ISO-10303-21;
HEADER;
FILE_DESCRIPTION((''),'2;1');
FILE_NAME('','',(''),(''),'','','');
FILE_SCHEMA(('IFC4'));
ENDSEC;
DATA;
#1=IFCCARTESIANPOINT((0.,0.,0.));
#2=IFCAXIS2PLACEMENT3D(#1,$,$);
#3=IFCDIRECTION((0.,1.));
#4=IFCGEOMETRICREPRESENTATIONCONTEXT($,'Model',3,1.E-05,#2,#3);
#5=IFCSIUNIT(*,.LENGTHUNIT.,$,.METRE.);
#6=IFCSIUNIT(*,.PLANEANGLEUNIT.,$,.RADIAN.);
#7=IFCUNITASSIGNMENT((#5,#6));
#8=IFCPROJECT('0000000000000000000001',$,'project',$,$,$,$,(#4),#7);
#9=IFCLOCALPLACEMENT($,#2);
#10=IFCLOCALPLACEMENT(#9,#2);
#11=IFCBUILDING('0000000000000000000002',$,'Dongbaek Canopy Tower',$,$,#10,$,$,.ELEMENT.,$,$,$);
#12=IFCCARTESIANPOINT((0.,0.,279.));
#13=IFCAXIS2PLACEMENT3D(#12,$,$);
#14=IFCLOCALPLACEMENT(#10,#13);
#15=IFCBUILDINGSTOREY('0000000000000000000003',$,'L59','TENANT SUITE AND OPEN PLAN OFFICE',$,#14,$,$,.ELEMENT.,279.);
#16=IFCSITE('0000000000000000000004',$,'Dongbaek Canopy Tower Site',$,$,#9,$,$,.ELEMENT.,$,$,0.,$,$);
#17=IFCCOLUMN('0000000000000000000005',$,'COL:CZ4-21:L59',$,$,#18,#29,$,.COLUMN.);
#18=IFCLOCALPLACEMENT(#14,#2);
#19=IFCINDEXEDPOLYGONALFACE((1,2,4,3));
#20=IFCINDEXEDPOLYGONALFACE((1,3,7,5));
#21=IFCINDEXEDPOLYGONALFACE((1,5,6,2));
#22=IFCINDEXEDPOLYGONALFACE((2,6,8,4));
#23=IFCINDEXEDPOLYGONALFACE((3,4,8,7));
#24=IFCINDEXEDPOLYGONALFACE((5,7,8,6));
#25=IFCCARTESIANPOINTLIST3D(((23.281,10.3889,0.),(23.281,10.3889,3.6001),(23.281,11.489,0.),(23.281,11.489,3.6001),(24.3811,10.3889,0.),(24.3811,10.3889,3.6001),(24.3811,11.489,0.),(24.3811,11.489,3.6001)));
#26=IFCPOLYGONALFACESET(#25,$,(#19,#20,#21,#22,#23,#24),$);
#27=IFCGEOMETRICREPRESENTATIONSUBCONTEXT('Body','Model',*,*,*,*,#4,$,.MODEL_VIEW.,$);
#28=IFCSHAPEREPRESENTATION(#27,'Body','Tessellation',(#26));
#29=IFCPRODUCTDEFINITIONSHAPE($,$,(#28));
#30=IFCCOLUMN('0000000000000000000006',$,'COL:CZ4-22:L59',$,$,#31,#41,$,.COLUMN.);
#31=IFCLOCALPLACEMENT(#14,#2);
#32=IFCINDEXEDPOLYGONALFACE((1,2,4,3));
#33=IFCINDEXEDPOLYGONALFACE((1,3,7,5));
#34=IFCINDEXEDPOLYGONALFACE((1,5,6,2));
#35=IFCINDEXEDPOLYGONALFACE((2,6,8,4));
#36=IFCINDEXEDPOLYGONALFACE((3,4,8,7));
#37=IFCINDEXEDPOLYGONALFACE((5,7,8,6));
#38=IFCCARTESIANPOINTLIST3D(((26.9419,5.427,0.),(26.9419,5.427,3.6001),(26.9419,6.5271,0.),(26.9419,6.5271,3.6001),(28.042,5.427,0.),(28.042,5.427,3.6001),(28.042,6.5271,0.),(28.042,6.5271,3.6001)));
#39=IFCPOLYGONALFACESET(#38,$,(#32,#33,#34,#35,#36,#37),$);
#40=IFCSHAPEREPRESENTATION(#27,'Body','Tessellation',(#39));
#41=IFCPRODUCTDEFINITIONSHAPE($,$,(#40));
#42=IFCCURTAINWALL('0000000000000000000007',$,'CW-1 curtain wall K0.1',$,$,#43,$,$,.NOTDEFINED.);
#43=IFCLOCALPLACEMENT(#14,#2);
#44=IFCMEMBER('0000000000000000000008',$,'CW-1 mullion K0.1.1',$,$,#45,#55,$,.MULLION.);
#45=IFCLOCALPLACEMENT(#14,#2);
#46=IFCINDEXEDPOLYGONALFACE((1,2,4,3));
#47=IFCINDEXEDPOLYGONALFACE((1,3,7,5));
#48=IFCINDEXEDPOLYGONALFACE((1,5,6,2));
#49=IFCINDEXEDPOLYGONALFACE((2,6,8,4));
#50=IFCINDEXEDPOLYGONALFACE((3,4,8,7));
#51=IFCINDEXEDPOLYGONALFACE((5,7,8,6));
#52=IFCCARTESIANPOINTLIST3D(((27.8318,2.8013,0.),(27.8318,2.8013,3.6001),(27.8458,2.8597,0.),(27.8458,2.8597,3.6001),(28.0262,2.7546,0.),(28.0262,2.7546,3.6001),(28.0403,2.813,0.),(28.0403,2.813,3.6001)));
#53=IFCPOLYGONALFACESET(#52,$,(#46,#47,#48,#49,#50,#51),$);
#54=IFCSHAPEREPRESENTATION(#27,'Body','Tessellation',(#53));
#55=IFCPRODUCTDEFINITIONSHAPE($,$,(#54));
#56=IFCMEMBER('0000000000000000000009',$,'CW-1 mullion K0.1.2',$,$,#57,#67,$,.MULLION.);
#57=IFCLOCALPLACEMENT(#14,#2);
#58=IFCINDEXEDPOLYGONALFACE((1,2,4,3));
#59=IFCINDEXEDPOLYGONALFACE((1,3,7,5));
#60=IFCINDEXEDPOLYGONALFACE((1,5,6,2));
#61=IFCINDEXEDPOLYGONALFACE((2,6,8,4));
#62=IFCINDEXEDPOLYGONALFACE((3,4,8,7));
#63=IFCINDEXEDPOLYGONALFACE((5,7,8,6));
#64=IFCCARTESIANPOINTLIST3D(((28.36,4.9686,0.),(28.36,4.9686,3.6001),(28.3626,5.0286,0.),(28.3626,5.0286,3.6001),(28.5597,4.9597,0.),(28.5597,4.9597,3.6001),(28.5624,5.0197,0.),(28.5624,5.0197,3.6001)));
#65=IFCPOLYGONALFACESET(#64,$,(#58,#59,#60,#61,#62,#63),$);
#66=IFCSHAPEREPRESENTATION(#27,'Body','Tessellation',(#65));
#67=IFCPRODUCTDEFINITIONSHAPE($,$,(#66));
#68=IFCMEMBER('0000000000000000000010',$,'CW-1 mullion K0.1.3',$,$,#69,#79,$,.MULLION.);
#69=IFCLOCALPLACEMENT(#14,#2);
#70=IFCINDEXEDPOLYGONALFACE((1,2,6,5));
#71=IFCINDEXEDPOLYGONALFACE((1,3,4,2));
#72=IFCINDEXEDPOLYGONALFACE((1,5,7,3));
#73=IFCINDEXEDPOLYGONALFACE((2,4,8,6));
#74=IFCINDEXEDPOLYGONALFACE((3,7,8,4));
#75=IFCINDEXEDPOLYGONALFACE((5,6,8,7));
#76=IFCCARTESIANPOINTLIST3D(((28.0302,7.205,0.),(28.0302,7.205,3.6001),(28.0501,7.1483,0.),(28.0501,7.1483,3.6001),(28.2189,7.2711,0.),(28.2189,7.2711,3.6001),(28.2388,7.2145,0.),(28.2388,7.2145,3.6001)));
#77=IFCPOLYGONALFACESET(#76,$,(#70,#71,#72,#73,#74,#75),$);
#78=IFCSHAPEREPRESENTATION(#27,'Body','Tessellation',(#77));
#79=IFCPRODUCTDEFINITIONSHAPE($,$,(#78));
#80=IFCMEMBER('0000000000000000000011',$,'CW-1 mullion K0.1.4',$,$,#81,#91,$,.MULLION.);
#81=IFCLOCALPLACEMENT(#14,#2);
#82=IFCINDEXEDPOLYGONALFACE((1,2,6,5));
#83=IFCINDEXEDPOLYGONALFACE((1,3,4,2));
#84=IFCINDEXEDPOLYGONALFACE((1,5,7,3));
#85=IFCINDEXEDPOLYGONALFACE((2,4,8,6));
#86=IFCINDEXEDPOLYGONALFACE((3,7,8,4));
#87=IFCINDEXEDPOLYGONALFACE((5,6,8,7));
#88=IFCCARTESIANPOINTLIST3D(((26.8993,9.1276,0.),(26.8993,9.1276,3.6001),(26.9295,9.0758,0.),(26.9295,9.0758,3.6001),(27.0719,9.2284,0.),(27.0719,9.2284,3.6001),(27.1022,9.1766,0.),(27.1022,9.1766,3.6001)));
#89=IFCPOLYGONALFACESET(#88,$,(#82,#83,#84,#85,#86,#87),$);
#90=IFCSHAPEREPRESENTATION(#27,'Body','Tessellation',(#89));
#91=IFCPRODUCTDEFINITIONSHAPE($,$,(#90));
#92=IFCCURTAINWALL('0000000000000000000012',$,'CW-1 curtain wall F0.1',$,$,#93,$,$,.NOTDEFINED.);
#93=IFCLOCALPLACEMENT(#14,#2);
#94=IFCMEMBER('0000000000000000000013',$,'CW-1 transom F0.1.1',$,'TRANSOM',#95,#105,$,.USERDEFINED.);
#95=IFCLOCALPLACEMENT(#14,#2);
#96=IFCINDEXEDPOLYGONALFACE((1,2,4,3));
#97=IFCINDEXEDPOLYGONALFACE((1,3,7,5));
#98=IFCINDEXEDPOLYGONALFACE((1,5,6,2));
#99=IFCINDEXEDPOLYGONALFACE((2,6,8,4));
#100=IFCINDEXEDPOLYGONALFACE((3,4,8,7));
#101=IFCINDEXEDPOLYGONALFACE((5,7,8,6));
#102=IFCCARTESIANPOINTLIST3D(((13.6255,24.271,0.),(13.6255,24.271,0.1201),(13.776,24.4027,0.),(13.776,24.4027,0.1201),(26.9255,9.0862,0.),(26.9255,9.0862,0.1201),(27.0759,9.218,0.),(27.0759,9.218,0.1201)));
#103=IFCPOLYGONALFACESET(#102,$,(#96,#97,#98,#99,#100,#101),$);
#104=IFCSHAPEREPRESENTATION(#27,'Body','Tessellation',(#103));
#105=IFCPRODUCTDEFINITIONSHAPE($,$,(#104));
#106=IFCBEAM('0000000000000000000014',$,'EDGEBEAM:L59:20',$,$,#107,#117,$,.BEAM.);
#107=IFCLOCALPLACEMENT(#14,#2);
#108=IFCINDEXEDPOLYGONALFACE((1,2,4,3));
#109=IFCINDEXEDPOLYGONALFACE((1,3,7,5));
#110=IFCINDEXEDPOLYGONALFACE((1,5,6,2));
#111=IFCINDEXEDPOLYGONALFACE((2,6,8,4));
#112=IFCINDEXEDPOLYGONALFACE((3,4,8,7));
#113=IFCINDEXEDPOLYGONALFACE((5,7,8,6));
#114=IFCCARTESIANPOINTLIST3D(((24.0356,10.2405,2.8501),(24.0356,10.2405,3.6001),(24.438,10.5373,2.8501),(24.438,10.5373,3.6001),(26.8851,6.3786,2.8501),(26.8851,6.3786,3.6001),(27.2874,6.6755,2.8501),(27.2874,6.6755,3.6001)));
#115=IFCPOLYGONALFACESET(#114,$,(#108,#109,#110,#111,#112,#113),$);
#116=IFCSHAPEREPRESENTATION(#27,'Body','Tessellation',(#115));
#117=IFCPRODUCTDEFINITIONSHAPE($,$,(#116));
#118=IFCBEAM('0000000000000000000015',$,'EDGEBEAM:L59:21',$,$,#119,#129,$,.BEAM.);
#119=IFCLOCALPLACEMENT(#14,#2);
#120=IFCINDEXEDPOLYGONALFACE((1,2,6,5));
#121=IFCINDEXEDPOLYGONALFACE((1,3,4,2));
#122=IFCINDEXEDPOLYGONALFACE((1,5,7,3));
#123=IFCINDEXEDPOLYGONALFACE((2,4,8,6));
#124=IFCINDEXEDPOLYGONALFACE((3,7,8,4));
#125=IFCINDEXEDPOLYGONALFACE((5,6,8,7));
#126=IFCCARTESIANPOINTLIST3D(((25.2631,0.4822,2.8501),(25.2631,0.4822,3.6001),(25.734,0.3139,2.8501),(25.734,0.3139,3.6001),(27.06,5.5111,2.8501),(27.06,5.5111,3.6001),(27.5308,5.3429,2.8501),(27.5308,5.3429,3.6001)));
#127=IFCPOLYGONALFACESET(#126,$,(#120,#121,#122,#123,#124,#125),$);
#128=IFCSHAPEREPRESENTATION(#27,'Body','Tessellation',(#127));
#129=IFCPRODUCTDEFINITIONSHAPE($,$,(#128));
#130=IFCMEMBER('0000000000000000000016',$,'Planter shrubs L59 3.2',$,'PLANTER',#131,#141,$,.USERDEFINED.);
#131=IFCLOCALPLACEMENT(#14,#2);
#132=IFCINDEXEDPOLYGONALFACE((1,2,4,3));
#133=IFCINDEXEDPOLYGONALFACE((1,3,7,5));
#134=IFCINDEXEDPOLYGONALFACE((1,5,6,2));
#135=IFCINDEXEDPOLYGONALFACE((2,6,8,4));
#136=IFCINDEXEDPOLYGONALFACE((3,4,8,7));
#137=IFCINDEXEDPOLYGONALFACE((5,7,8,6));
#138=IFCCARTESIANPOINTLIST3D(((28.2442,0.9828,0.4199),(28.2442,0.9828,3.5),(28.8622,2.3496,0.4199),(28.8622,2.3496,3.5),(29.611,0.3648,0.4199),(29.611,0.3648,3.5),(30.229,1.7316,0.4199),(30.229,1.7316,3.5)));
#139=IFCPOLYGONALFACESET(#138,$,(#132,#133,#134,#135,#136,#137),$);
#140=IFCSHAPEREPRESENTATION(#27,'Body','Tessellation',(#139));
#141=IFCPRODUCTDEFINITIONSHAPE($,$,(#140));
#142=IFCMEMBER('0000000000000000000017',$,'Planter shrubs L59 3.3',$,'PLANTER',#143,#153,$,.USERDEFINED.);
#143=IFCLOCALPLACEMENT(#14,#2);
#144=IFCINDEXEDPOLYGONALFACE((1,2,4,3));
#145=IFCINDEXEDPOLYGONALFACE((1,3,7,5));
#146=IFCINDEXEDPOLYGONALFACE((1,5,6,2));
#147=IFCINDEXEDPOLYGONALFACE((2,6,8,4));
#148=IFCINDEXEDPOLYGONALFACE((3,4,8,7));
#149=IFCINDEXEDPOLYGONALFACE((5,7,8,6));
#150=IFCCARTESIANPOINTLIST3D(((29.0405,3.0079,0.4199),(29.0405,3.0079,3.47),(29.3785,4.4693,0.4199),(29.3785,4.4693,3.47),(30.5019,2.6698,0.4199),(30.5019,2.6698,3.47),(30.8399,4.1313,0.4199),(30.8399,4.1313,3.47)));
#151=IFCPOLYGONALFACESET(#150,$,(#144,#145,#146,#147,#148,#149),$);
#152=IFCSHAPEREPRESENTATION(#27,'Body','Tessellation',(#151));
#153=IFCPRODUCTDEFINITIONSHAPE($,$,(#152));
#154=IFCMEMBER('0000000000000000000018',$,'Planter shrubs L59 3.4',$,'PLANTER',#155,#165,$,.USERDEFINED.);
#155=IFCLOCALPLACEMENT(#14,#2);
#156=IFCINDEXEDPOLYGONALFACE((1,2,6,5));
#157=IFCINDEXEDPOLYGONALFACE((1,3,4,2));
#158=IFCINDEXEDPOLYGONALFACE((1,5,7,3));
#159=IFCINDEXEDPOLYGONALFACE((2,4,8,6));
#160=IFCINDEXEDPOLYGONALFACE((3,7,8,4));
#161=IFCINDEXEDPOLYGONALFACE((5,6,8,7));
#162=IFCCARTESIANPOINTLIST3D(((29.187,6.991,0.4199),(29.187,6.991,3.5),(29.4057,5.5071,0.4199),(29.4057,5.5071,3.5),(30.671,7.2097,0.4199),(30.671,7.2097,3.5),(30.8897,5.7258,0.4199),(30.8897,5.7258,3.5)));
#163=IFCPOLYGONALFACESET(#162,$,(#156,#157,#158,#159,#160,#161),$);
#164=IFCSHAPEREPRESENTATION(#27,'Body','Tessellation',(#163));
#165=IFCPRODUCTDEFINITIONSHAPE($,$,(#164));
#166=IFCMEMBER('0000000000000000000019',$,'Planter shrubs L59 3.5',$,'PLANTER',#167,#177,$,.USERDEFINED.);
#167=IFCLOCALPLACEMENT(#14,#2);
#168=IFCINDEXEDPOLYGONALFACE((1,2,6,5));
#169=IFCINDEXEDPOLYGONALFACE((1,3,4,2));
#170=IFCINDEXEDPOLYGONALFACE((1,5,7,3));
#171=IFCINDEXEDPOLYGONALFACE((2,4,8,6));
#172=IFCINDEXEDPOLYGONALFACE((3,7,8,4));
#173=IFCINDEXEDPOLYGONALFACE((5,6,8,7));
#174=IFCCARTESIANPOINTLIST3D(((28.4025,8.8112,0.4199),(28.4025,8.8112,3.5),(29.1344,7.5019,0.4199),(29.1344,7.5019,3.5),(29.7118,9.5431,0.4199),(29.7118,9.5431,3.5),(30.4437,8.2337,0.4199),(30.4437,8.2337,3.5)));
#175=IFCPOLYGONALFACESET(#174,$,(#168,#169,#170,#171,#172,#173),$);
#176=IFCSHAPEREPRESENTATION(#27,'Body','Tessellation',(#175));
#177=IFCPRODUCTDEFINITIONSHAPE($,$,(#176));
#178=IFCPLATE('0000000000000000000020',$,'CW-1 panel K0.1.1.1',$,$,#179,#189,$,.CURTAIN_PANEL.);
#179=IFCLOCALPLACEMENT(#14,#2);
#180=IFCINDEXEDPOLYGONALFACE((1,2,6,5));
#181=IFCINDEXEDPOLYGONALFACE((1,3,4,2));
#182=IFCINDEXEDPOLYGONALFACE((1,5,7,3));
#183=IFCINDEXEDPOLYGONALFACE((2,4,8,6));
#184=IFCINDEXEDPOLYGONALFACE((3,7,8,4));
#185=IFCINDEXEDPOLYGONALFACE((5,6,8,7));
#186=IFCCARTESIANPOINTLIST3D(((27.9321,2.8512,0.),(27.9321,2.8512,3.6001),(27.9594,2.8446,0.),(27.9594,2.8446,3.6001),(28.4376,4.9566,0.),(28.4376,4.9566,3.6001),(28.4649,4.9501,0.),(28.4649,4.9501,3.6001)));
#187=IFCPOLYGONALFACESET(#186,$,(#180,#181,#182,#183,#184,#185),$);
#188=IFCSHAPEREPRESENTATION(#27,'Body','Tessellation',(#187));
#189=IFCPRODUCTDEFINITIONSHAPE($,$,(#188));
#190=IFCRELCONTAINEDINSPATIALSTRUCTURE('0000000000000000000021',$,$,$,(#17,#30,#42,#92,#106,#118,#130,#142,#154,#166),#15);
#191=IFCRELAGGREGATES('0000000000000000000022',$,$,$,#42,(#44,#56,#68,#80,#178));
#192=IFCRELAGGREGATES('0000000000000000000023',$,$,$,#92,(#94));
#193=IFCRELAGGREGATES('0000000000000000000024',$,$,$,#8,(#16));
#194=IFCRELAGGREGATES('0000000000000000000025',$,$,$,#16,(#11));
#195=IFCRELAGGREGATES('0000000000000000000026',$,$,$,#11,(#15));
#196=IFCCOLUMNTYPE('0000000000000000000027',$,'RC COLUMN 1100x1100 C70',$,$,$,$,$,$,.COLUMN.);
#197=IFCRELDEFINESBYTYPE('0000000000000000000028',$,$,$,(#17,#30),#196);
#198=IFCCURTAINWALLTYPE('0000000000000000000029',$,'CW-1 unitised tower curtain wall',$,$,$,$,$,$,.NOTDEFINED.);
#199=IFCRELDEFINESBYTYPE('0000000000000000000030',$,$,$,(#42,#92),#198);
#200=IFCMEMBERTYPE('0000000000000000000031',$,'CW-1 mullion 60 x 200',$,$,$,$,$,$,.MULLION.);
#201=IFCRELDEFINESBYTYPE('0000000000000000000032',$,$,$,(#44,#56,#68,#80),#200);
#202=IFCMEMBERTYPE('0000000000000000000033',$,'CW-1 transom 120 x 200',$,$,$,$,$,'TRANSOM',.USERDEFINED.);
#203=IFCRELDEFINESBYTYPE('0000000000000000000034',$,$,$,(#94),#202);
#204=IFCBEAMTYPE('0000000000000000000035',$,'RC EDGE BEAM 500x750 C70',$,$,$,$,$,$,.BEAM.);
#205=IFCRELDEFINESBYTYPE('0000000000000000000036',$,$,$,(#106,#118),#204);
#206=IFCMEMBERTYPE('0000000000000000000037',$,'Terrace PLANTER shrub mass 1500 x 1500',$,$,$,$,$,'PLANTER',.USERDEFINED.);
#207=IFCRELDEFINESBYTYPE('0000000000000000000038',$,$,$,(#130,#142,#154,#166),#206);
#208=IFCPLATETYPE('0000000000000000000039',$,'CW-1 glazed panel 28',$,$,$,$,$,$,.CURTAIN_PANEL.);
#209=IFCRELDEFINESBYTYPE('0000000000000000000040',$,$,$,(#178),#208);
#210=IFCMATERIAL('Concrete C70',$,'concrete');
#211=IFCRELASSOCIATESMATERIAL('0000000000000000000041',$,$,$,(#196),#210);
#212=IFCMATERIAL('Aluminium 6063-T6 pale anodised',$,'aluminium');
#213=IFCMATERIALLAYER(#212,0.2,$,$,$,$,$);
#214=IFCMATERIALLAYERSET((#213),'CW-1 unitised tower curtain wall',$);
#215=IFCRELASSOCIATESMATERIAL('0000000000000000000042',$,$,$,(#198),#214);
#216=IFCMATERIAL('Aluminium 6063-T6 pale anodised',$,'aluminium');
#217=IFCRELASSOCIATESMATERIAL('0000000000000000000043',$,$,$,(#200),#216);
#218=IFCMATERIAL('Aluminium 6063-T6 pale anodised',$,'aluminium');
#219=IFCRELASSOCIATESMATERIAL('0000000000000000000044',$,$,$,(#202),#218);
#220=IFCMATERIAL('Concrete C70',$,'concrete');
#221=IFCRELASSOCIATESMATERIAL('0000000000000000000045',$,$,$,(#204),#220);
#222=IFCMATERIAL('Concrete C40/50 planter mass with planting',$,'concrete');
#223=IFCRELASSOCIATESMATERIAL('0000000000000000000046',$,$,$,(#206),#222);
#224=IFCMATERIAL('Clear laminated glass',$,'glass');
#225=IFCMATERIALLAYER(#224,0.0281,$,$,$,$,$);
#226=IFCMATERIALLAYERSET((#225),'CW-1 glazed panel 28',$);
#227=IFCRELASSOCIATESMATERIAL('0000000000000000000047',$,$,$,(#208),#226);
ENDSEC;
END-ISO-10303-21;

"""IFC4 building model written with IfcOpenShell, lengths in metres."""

from ifc_helpers import new_model, si_unit, direction, frame, origin, origin_2d, place, context, subcontext, project, spatial, rectangle, extrude, material, layer, layer_set, material_profile, profile_set, type_object, element, aggregate, save


model = new_model("IFC4")

# Units and contexts
model_context = context("Model", 3, precision=1e-05, world=origin(), true_north=direction((0.0, 1.0)))
body_context = subcontext(model_context, "Body", "Model", "MODEL_VIEW")
ifc_project = project(units=[si_unit("LENGTHUNIT", "METRE"), si_unit("PLANEANGLEUNIT", "RADIAN")], contexts=[model_context])

# Site, building, storey
site_placement = place(None, origin())
site = spatial("IfcSite", under=ifc_project, at=site_placement, Name="Dongbaek Canopy Tower Site", CompositionType="ELEMENT", RefElevation=0.0)
building_placement = place(site_placement, origin())
building = spatial("IfcBuilding", under=site, at=building_placement, Name="Dongbaek Canopy Tower", CompositionType="ELEMENT")
storey_placement = place(building_placement, frame((0.0, 0.0, 279.0)))
storey = spatial("IfcBuildingStorey", under=building, at=storey_placement, Name="L59", Description="TENANT SUITE AND OPEN PLAN OFFICE", CompositionType="ELEMENT", Elevation=279.0)

# Columns
ifc_material_1 = material(Name="Concrete C70", Category="concrete")
ifc_material_profile_1 = material_profile(ifc_material_1, rectangle(XDim=1.1001, YDim=1.1001, at=origin_2d()), Name="RC COLUMN 1100x1100 C70")
ifc_profile_set_1 = profile_set([ifc_material_profile_1], Name="Concrete C70")
column_type = type_object("IfcColumnType", Name="RC COLUMN 1100x1100 C70", PredefinedType="COLUMN", material=ifc_profile_set_1)
for number, where, z_axis, x_axis, name in (
    (1, (23.8311, 10.939, 0.0), (0.0, 0.0, 1.0), (1.0, 0.0, 0.0), "COL:CZ4-21:L59"),
    (2, (27.4919, 5.9771, 0.0), (0.0, 0.0, 1.0), (1.0, 0.0, 0.0), "COL:CZ4-22:L59"),
):
    element("IfcColumn", number, at=place(storey_placement, frame(where, z_axis=z_axis, x_axis=x_axis)), inside=storey, type_object=column_type, Name=name, PredefinedType="COLUMN", context=body_context, shape_type="SweptSolid", body=[
        extrude(rectangle(XDim=1.1001, YDim=1.1001, at=origin_2d()), origin(), (0.0, 0.0, 1.0), 3.6001),
    ])

# Curtain wall, members
ifc_material_2 = material(Name="Aluminium 6063-T6 pale anodised", Category="aluminium")
ifc_layer_1 = layer(ifc_material_2, 0.2)
ifc_layer_set_1 = layer_set([ifc_layer_1], Name="CW-1 unitised tower curtain wall")
curtain_wall_type = type_object("IfcCurtainWallType", Name="CW-1 unitised tower curtain wall", PredefinedType="NOTDEFINED", material=ifc_layer_set_1)
curtain_wall_1_placement = place(storey_placement, origin())
curtain_wall_1 = element("IfcCurtainWall", 3, at=curtain_wall_1_placement, inside=storey, type_object=curtain_wall_type, Name="CW-1 curtain wall K0.1", PredefinedType="NOTDEFINED")
ifc_material_3 = material(Name="Aluminium 6063-T6 pale anodised", Category="aluminium")
ifc_material_profile_2 = material_profile(ifc_material_3, rectangle(XDim=0.2, YDim=0.0601, at=origin_2d()), Name="CW-1 mullion 60 x 200")
ifc_profile_set_2 = profile_set([ifc_material_profile_2], Name="Aluminium 6063-T6 pale anodised")
member_type_1 = type_object("IfcMemberType", Name="CW-1 mullion 60 x 200", PredefinedType="MULLION", material=ifc_profile_set_2)
member_1_placement = place(storey_placement, frame((27.936, 2.8071, 0.0), z_axis=(0.0, 0.0, 1.0), x_axis=(0.972359, -0.23349, 0.0)))
member_1 = element("IfcMember", 4, at=member_1_placement, type_object=member_type_1, Name="CW-1 mullion K0.1.1", PredefinedType="MULLION", context=body_context, shape_type="SweptSolid", body=[
    extrude(rectangle(XDim=0.2, YDim=0.0601, at=origin_2d()), origin(), (0.0, 0.0, 1.0), 3.6001),
])
member_2_placement = place(storey_placement, frame((28.4612, 4.9941, 0.0), z_axis=(0.0, 0.0, 1.0), x_axis=(0.999003, -0.044651, 0.0)))
member_2 = element("IfcMember", 5, at=member_2_placement, type_object=member_type_1, Name="CW-1 mullion K0.1.2", PredefinedType="MULLION", context=body_context, shape_type="SweptSolid", body=[
    extrude(rectangle(XDim=0.2, YDim=0.0601, at=origin_2d()), origin(), (0.0, 0.0, 1.0), 3.6001),
])
member_3_placement = place(storey_placement, frame((28.1345, 7.2097, 0.0), z_axis=(0.0, 0.0, 1.0), x_axis=(0.943641, 0.330971, 0.0)))
member_3 = element("IfcMember", 6, at=member_3_placement, type_object=member_type_1, Name="CW-1 mullion K0.1.3", PredefinedType="MULLION", context=body_context, shape_type="SweptSolid", body=[
    extrude(rectangle(XDim=0.2, YDim=0.0601, at=origin_2d()), origin(), (0.0, 0.0, 1.0), 3.6001),
])
member_4_placement = place(storey_placement, frame((27.0007, 9.1521, 0.0), z_axis=(0.0, 0.0, 1.0), x_axis=(0.863649, 0.504093, 0.0)))
member_4 = element("IfcMember", 7, at=member_4_placement, type_object=member_type_1, Name="CW-1 mullion K0.1.4", PredefinedType="MULLION", context=body_context, shape_type="SweptSolid", body=[
    extrude(rectangle(XDim=0.2, YDim=0.0601, at=origin_2d()), origin(), (0.0, 0.0, 1.0), 3.6001),
])

# Curtain wall, member
curtain_wall_2_placement = place(storey_placement, origin())
curtain_wall_2 = element("IfcCurtainWall", 8, at=curtain_wall_2_placement, inside=storey, type_object=curtain_wall_type, Name="CW-1 curtain wall F0.1", PredefinedType="NOTDEFINED")
ifc_material_4 = material(Name="Aluminium 6063-T6 pale anodised", Category="aluminium")
ifc_material_profile_3 = material_profile(ifc_material_4, rectangle(XDim=0.2, YDim=0.1201, at=origin_2d()), Name="CW-1 transom 120 x 200")
ifc_profile_set_3 = profile_set([ifc_material_profile_3], Name="Aluminium 6063-T6 pale anodised")
member_type_2 = type_object("IfcMemberType", Name="CW-1 transom 120 x 200", ElementType="TRANSOM", PredefinedType="USERDEFINED", material=ifc_profile_set_3)
member_5_placement = place(storey_placement, frame((27.0007, 9.1521, 0.0601), z_axis=(-0.658879, 0.752249, 0.0), x_axis=(-0.752249, -0.658879, 0.0)))
member_5 = element("IfcMember", 9, at=member_5_placement, type_object=member_type_2, Name="CW-1 transom F0.1.1", ObjectType="TRANSOM", PredefinedType="USERDEFINED", context=body_context, shape_type="SweptSolid", body=[
    extrude(rectangle(XDim=0.2, YDim=0.1201, at=origin_2d()), origin(), (0.0, 0.0, 1.0), 20.1858),
])

# Beams
ifc_material_5 = material(Name="Concrete C70", Category="concrete")
ifc_material_profile_4 = material_profile(ifc_material_5, rectangle(XDim=0.5, YDim=0.75, at=origin_2d()), Name="RC EDGE BEAM 500x750 C70")
ifc_profile_set_4 = profile_set([ifc_material_profile_4], Name="Concrete C70")
beam_type = type_object("IfcBeamType", Name="RC EDGE BEAM 500x750 C70", PredefinedType="BEAM", material=ifc_profile_set_4)
beam_1_placement = place(storey_placement, frame((24.2368, 10.3889, 3.2251), z_axis=(0.593714, -0.804676, 0.0), x_axis=(0.804676, 0.593714, 0.0)))
element("IfcBeam", 10, at=beam_1_placement, inside=storey, type_object=beam_type, Name="EDGEBEAM:L59:20", PredefinedType="BEAM", context=body_context, shape_type="SweptSolid", body=[
    extrude(rectangle(XDim=0.5, YDim=0.75, at=origin_2d()), origin(), (0.0, 0.0, 1.0), 4.7993),
])
beam_2_placement = place(storey_placement, frame((27.2954, 5.427, 3.2251), z_axis=(-0.336467, -0.941695, 0.0), x_axis=(0.941695, -0.336467, 0.0)))
element("IfcBeam", 11, at=beam_2_placement, inside=storey, type_object=beam_type, Name="EDGEBEAM:L59:21", PredefinedType="BEAM", context=body_context, shape_type="SweptSolid", body=[
    extrude(rectangle(XDim=0.5, YDim=0.75, at=origin_2d()), origin(), (0.0, 0.0, 1.0), 5.3403),
])

# Members
ifc_material_6 = material(Name="Concrete C40/50 planter mass with planting", Category="concrete")
ifc_material_profile_5 = material_profile(ifc_material_6, rectangle(XDim=1.5, YDim=1.5, at=origin_2d()), Name="Terrace PLANTER shrub mass 1500 x 1500")
ifc_profile_set_5 = profile_set([ifc_material_profile_5], Name="Concrete C40/50 planter mass with planting")
member_type_3 = type_object("IfcMemberType", Name="Terrace PLANTER shrub mass 1500 x 1500", ElementType="PLANTER", PredefinedType="USERDEFINED", material=ifc_profile_set_5)
member_6_placement = place(storey_placement, frame((29.2366, 1.3572, 0.4199), z_axis=(0.0, 0.0, 1.0), x_axis=(0.911186, -0.411996, 0.0)))
element("IfcMember", 12, at=member_6_placement, inside=storey, type_object=member_type_3, Name="Planter shrubs L59 3.2", ObjectType="PLANTER", PredefinedType="USERDEFINED", context=body_context, shape_type="SweptSolid", body=[
    extrude(rectangle(XDim=1.5, YDim=1.5, at=origin_2d()), origin(), (0.0, 0.0, 1.0), 3.0801),
])
member_7_placement = place(storey_placement, frame((29.9402, 3.5696, 0.4199), z_axis=(0.0, 0.0, 1.0), x_axis=(0.974274, -0.225368, 0.0)))
element("IfcMember", 13, at=member_7_placement, inside=storey, type_object=member_type_3, Name="Planter shrubs L59 3.3", ObjectType="PLANTER", PredefinedType="USERDEFINED", context=body_context, shape_type="SweptSolid", body=[
    extrude(rectangle(XDim=1.5, YDim=1.5, at=origin_2d()), origin(), (0.0, 0.0, 1.0), 3.05),
])
for number, where, z_axis, x_axis, name in (
    (14, (30.0383, 6.3584, 0.4199), (0.0, 0.0, 1.0), (0.989312, 0.145811, 0.0), "Planter shrubs L59 3.4"),
    (15, (29.4231, 8.5225, 0.4199), (0.0, 0.0, 1.0), (0.872893, 0.487911, 0.0), "Planter shrubs L59 3.5"),
):
    element("IfcMember", number, at=place(storey_placement, frame(where, z_axis=z_axis, x_axis=x_axis)), inside=storey, type_object=member_type_3, Name=name, ObjectType="PLANTER", PredefinedType="USERDEFINED", context=body_context, shape_type="SweptSolid", body=[
        extrude(rectangle(XDim=1.5, YDim=1.5, at=origin_2d()), origin(), (0.0, 0.0, 1.0), 3.0801),
    ])

# Plate
ifc_material_7 = material(Name="Clear laminated glass", Category="glass")
ifc_layer_2 = layer(ifc_material_7, 0.0281)
ifc_layer_set_2 = layer_set([ifc_layer_2], Name="CW-1 glazed panel 28")
plate_type = type_object("IfcPlateType", Name="CW-1 glazed panel 28", PredefinedType="CURTAIN_PANEL", material=ifc_layer_set_2)
plate_1_placement = place(storey_placement, frame((28.1985, 3.9006, 0.0), z_axis=(0.0, 0.0, 1.0), x_axis=(0.23349, 0.972359, 0.0)))
plate_1 = element("IfcPlate", 16, at=plate_1_placement, type_object=plate_type, Name="CW-1 panel K0.1.1.1", PredefinedType="CURTAIN_PANEL", context=body_context, shape_type="SweptSolid", body=[
    extrude(rectangle(XDim=2.1653, YDim=0.0281, at=origin_2d()), origin(), (0.0, 0.0, 1.0), 3.6001),
])
aggregate(curtain_wall_1, [member_1, member_2, member_3, member_4, plate_1])

aggregate(curtain_wall_2, [member_5])

save(model, "model.ifc")
